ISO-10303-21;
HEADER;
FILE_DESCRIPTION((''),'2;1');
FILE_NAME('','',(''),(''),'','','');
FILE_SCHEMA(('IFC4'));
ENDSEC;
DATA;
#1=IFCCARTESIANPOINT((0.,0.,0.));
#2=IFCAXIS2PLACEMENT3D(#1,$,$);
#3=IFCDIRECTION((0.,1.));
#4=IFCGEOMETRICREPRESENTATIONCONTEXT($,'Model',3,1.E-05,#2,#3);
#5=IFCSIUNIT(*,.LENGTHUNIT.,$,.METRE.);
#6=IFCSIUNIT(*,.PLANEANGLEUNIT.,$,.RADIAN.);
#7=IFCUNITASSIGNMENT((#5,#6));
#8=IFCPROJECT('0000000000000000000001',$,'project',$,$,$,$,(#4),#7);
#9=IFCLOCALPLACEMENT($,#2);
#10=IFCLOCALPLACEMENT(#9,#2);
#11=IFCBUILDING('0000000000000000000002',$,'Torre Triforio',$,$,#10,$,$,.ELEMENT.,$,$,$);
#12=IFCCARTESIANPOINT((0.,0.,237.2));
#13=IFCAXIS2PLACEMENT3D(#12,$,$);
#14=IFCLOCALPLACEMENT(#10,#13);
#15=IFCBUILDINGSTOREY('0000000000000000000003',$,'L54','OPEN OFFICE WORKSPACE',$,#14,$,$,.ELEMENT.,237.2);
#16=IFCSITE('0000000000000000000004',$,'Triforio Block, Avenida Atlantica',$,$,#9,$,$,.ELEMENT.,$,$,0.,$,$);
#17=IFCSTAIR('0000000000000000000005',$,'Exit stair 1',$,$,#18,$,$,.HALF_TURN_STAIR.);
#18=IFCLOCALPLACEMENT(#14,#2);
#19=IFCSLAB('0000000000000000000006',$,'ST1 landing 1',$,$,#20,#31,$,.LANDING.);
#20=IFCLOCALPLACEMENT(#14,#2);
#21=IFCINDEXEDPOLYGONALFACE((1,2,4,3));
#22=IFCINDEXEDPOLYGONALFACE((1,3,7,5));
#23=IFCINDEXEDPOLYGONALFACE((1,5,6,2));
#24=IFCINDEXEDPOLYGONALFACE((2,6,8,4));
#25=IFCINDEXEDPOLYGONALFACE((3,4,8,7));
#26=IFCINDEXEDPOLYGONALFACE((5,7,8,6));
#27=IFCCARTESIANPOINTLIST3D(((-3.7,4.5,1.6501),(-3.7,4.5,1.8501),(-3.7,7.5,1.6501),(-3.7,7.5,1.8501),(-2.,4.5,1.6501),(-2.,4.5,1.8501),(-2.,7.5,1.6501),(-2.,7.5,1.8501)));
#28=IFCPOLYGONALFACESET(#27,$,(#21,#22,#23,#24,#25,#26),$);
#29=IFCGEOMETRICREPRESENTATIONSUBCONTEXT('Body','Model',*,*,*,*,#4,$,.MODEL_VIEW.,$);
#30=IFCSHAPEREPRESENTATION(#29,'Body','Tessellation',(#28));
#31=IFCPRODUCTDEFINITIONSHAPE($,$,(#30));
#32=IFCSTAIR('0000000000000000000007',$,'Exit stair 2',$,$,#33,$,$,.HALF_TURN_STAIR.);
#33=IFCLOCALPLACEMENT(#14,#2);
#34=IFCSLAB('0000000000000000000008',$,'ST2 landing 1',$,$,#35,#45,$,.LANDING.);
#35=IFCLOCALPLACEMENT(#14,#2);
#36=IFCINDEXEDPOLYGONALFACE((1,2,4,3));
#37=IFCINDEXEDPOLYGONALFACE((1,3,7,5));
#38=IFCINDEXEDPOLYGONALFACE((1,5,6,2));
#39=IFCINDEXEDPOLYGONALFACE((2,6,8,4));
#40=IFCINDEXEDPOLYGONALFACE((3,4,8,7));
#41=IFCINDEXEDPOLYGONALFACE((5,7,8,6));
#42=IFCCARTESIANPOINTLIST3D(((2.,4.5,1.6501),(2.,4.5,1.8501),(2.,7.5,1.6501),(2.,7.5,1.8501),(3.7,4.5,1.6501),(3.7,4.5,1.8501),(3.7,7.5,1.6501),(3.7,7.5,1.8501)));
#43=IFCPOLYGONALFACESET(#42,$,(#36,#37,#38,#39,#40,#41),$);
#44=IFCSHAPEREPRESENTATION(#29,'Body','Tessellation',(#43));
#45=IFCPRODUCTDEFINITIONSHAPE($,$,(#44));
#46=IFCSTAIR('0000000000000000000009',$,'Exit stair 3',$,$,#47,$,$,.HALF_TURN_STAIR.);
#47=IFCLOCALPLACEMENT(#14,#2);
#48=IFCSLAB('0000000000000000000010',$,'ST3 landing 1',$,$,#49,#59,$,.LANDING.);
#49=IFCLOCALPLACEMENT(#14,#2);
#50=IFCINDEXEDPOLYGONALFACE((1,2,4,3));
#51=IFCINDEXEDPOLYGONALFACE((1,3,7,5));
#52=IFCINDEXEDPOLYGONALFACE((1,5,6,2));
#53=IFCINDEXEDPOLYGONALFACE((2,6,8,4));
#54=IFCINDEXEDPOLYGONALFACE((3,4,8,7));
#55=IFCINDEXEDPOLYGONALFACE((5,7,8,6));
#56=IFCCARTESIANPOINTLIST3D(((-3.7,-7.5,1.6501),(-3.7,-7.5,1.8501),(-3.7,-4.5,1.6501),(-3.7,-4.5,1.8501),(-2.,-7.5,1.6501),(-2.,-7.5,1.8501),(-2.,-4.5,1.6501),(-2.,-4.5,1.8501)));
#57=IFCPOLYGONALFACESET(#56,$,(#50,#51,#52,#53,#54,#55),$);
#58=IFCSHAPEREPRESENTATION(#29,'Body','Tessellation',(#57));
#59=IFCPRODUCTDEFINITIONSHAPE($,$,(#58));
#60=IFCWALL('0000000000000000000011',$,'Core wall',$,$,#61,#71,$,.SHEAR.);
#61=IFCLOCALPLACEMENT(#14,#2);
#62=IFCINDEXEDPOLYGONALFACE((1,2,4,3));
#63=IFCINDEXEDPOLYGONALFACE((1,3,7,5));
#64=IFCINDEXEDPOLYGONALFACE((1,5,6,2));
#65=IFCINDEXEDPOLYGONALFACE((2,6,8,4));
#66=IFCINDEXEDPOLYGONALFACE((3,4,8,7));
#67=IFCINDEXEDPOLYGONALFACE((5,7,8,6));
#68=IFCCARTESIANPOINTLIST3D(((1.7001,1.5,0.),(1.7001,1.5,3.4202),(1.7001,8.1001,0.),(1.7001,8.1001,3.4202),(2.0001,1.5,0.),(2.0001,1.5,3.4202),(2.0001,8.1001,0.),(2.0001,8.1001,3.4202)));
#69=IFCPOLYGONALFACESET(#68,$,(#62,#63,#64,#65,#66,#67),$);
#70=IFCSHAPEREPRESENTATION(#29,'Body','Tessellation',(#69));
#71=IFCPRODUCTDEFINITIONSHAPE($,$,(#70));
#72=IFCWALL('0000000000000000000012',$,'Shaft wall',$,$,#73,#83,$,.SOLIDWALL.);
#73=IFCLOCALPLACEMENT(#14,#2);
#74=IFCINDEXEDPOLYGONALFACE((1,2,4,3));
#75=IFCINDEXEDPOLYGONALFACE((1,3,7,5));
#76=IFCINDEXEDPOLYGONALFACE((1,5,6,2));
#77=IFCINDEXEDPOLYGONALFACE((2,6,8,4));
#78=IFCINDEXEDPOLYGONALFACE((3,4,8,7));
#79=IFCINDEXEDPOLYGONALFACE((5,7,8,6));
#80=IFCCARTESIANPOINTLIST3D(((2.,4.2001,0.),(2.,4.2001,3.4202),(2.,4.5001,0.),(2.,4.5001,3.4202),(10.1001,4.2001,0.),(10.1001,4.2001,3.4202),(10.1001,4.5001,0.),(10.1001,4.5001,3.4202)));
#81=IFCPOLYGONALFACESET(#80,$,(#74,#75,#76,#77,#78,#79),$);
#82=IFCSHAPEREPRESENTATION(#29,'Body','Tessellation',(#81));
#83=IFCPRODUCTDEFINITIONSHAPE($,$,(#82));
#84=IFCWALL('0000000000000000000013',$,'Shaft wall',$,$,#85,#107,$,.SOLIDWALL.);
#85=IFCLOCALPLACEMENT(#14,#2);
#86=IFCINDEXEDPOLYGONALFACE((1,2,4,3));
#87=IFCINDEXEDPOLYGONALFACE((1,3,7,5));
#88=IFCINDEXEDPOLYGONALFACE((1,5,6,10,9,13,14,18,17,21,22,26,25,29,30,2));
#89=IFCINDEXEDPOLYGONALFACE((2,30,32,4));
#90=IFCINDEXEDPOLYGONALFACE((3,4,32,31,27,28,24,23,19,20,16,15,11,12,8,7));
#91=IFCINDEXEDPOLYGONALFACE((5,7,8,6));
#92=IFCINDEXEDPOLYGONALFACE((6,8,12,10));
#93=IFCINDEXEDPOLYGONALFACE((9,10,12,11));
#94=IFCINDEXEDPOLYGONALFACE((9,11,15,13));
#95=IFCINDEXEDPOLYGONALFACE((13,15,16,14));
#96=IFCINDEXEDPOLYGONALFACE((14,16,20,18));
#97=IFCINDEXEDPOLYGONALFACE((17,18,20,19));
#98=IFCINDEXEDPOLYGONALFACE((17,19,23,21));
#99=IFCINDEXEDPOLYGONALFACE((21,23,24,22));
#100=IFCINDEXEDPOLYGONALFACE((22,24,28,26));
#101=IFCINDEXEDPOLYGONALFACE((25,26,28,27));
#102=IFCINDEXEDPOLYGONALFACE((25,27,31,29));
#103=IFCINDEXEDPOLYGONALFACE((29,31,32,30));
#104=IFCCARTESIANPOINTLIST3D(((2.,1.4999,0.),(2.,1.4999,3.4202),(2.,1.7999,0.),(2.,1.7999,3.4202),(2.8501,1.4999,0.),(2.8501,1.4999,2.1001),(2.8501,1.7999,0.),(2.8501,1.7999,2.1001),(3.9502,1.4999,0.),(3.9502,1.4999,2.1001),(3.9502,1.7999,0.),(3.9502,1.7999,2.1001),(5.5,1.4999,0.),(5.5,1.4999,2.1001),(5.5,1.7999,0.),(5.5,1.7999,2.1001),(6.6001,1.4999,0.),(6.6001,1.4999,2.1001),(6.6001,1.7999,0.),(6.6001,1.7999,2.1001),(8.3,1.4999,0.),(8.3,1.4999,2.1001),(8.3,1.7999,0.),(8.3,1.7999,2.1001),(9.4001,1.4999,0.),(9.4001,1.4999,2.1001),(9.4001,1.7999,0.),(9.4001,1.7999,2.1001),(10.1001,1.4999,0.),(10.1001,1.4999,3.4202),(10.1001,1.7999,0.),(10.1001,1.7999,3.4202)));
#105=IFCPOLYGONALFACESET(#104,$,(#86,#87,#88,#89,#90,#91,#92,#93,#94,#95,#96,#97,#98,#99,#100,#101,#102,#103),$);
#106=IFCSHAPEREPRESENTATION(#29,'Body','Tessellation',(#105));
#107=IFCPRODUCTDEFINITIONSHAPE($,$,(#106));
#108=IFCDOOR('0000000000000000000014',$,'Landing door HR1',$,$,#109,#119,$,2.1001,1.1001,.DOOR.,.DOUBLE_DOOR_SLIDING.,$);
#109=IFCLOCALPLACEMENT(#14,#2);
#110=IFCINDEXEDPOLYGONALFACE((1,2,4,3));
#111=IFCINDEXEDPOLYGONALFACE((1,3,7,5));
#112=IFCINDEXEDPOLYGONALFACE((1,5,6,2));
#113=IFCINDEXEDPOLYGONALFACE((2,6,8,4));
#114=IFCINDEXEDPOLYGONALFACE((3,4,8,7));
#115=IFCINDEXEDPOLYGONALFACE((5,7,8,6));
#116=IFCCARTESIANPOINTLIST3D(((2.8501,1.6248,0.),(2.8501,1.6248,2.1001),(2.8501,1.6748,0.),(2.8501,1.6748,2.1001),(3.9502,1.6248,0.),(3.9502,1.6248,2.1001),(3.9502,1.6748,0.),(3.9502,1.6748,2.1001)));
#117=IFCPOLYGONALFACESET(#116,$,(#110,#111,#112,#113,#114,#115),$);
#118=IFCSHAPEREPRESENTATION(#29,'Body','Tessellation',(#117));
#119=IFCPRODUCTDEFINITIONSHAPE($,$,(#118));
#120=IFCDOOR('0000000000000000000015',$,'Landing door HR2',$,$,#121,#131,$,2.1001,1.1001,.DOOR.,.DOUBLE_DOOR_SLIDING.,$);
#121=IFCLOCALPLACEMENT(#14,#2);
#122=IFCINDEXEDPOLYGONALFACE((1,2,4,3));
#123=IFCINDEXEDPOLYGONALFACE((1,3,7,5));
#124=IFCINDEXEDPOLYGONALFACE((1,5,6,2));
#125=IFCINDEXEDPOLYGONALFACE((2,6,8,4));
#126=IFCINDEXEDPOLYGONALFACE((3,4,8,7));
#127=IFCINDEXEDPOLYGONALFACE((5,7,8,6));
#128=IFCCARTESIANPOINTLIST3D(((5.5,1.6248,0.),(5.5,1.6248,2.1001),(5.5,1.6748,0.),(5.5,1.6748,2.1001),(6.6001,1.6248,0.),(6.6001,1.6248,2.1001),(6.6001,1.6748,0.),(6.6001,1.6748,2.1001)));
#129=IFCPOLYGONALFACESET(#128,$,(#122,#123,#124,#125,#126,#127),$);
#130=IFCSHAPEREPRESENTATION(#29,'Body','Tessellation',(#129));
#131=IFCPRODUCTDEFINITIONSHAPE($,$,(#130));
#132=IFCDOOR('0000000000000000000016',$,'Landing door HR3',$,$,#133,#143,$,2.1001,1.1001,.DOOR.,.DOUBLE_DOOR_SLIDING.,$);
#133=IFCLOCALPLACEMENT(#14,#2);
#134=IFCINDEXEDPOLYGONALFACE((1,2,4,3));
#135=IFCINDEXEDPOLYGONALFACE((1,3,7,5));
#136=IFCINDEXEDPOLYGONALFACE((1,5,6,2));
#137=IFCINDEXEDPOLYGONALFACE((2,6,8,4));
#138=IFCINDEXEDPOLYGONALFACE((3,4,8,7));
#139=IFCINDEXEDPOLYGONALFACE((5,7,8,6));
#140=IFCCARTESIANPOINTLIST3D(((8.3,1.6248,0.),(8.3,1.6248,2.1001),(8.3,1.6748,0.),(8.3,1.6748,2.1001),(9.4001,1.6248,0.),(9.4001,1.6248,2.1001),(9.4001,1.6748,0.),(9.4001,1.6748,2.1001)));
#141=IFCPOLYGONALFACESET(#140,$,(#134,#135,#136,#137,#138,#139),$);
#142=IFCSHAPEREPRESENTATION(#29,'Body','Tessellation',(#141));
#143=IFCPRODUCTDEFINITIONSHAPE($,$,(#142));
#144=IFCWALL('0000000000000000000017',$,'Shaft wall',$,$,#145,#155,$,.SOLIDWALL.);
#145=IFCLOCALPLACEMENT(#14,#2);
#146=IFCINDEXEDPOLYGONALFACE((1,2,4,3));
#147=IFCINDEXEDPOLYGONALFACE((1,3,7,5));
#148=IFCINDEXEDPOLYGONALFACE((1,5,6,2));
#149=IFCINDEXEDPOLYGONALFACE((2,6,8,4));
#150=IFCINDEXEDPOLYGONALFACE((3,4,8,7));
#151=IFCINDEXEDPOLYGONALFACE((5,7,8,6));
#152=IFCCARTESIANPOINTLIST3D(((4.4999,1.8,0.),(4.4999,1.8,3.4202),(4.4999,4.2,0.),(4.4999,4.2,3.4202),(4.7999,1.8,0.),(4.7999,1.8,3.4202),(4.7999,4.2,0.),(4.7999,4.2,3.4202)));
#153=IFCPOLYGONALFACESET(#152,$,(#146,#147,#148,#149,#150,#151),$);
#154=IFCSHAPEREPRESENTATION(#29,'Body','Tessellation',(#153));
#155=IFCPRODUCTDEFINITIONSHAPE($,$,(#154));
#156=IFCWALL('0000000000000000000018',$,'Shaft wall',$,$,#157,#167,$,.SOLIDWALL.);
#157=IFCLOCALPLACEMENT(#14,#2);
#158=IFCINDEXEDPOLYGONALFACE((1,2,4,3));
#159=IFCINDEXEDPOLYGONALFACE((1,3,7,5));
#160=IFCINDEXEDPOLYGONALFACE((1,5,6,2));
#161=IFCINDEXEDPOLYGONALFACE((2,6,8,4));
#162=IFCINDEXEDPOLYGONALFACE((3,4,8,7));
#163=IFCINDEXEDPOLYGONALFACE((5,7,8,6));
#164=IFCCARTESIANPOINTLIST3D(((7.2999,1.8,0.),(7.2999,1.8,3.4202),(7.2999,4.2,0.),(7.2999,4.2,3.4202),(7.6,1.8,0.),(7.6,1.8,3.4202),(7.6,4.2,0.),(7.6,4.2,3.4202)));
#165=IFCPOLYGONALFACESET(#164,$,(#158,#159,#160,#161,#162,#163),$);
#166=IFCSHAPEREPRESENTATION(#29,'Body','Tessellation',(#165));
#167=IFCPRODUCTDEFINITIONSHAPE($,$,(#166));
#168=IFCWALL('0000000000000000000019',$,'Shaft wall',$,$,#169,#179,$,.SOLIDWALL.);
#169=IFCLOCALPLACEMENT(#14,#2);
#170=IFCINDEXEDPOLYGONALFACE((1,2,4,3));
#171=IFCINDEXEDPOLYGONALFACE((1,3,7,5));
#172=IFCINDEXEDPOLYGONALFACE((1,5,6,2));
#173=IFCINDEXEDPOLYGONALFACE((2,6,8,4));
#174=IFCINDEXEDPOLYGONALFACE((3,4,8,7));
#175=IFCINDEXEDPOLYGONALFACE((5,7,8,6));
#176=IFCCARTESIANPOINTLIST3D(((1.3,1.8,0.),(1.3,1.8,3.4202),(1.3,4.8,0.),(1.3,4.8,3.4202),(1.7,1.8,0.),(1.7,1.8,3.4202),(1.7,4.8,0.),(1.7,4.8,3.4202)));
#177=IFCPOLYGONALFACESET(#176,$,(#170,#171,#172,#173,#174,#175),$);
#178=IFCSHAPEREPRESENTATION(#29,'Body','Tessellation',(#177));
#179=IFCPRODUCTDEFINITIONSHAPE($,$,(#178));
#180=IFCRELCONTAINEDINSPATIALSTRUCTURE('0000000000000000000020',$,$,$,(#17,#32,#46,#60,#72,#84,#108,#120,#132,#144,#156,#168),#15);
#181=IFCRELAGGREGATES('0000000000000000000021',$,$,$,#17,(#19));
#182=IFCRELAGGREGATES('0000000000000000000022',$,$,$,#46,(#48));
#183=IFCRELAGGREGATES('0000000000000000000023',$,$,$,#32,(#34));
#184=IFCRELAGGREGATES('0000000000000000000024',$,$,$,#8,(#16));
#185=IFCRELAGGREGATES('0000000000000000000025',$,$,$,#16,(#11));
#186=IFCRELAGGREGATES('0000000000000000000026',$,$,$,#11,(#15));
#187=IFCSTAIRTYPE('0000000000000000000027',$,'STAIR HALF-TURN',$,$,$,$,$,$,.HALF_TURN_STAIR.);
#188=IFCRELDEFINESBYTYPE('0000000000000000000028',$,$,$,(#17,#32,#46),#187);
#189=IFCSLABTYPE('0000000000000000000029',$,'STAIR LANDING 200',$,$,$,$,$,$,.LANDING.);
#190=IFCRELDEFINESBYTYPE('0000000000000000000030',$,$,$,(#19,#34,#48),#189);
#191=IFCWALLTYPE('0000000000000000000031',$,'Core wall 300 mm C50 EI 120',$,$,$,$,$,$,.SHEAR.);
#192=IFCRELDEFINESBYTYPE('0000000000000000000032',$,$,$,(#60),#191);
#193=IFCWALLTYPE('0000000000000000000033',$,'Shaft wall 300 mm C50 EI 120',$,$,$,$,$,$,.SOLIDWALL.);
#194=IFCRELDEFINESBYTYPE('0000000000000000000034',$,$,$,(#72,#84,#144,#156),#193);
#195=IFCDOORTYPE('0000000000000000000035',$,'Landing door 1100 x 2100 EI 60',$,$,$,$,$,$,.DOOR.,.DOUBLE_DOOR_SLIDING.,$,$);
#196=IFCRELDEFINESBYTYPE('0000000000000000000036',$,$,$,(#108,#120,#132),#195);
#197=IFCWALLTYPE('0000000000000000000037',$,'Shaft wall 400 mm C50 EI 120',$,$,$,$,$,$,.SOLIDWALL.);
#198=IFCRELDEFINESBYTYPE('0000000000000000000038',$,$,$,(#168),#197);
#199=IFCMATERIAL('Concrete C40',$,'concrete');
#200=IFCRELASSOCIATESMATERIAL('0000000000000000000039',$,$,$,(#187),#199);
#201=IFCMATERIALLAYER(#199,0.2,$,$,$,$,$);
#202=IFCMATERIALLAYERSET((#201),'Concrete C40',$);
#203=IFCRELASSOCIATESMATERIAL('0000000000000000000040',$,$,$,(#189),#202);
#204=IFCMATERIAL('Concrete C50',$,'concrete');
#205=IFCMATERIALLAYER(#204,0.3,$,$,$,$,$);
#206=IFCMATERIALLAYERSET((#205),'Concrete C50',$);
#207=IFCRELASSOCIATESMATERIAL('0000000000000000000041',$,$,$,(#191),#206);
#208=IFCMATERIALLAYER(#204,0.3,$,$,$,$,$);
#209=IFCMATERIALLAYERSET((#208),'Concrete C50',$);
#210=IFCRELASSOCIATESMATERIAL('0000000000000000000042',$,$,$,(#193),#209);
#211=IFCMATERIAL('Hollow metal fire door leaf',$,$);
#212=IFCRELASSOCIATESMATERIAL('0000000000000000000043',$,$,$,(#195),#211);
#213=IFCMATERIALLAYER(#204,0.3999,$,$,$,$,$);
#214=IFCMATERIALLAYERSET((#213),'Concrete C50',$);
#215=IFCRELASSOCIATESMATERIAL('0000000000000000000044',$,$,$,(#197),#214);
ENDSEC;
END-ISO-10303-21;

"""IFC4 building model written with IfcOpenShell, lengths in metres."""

from ifc_helpers import new_model, si_unit, direction, frame, frame_2d, origin, place, context, subcontext, project, spatial, polyline, rectangle, outline, extrude, material, layer, layer_set, type_object, element, fill, aggregate, save


model = new_model("IFC4")

# Units and contexts
model_context = context("Model", 3, precision=1e-05, world=origin(), true_north=direction((0.0, 1.0)))
body_context = subcontext(model_context, "Body", "Model", "MODEL_VIEW")
ifc_project = project(units=[si_unit("LENGTHUNIT", "METRE"), si_unit("PLANEANGLEUNIT", "RADIAN")], contexts=[model_context])

# Site, building, storey
site_placement = place(None, origin())
site = spatial("IfcSite", under=ifc_project, at=site_placement, Name="Triforio Block, Avenida Atlantica", CompositionType="ELEMENT", RefElevation=0.0)
building_placement = place(site_placement, origin())
building = spatial("IfcBuilding", under=site, at=building_placement, Name="Torre Triforio", CompositionType="ELEMENT")
storey_placement = place(building_placement, frame((0.0, 0.0, 237.2)))
storey = spatial("IfcBuildingStorey", under=building, at=storey_placement, Name="L54", Description="OPEN OFFICE WORKSPACE", CompositionType="ELEMENT", Elevation=237.2)

# Stairs, slabs
ifc_material_1 = material(Name="Concrete C40", Category="concrete")
stair_type = type_object("IfcStairType", Name="STAIR HALF-TURN", PredefinedType="HALF_TURN_STAIR", material=ifc_material_1)
stair_1_placement = place(storey_placement, origin())
stair_1 = element("IfcStair", 1, at=stair_1_placement, inside=storey, type_object=stair_type, Name="Exit stair 1", PredefinedType="HALF_TURN_STAIR")
ifc_layer_1 = layer(ifc_material_1, 0.2)
ifc_layer_set_1 = layer_set([ifc_layer_1], Name="Concrete C40")
slab_type = type_object("IfcSlabType", Name="STAIR LANDING 200", PredefinedType="LANDING", material=ifc_layer_set_1)
slab_1_placement = place(storey_placement, frame((0.0, 0.0, 1.6501)))
slab_1 = element("IfcSlab", 2, at=slab_1_placement, type_object=slab_type, Name="ST1 landing 1", PredefinedType="LANDING", context=body_context, shape_type="SweptSolid", body=[
    extrude(outline(polyline([(-2.0, 4.5), (-2.0, 7.5), (-3.7, 7.5), (-3.7, 4.5), (-2.0, 4.5)])), origin(), (0.0, 0.0, 1.0), 0.2),
])
aggregate(stair_1, [slab_1])
stair_2_placement = place(storey_placement, origin())
stair_2 = element("IfcStair", 3, at=stair_2_placement, inside=storey, type_object=stair_type, Name="Exit stair 2", PredefinedType="HALF_TURN_STAIR")
slab_2_placement = place(storey_placement, frame((0.0, 0.0, 1.6501)))
slab_2 = element("IfcSlab", 4, at=slab_2_placement, type_object=slab_type, Name="ST2 landing 1", PredefinedType="LANDING", context=body_context, shape_type="SweptSolid", body=[
    extrude(outline(polyline([(3.7, 4.5), (3.7, 7.5), (2.0, 7.5), (2.0, 4.5), (3.7, 4.5)])), origin(), (0.0, 0.0, 1.0), 0.2),
])
stair_3_placement = place(storey_placement, origin())
stair_3 = element("IfcStair", 5, at=stair_3_placement, inside=storey, type_object=stair_type, Name="Exit stair 3", PredefinedType="HALF_TURN_STAIR")
slab_3_placement = place(storey_placement, frame((0.0, 0.0, 1.6501)))
slab_3 = element("IfcSlab", 6, at=slab_3_placement, type_object=slab_type, Name="ST3 landing 1", PredefinedType="LANDING", context=body_context, shape_type="SweptSolid", body=[
    extrude(outline(polyline([(-2.0, -7.5), (-2.0, -4.5), (-3.7, -4.5), (-3.7, -7.5), (-2.0, -7.5)])), origin(), (0.0, 0.0, 1.0), 0.2),
])
aggregate(stair_3, [slab_3])

# Walls
ifc_material_2 = material(Name="Concrete C50", Category="concrete")
ifc_layer_2 = layer(ifc_material_2, 0.3)
ifc_layer_set_2 = layer_set([ifc_layer_2], Name="Concrete C50")
wall_type_1 = type_object("IfcWallType", Name="Core wall 300 mm C50 EI 120", PredefinedType="SHEAR", material=ifc_layer_set_2)
wall_1_placement = place(storey_placement, frame((1.8501, 1.5, 0.0), z_axis=(0.0, 0.0, 1.0), x_axis=(0.0, 1.0, 0.0)))
element("IfcWall", 7, at=wall_1_placement, inside=storey, type_object=wall_type_1, Name="Core wall", PredefinedType="SHEAR", context=body_context, shape_type="SweptSolid", body=[
    extrude(rectangle(XDim=6.6001, YDim=0.3, at=frame_2d((3.3, 0.0))), origin(), (0.0, 0.0, 1.0), 3.4202),
])
ifc_layer_3 = layer(ifc_material_2, 0.3)
ifc_layer_set_3 = layer_set([ifc_layer_3], Name="Concrete C50")
wall_type_2 = type_object("IfcWallType", Name="Shaft wall 300 mm C50 EI 120", PredefinedType="SOLIDWALL", material=ifc_layer_set_3)
wall_2_placement = place(storey_placement, frame((2.0, 4.3501, 0.0), z_axis=(0.0, 0.0, 1.0), x_axis=(1.0, 0.0, 0.0)))
element("IfcWall", 8, at=wall_2_placement, inside=storey, type_object=wall_type_2, Name="Shaft wall", PredefinedType="SOLIDWALL", context=body_context, shape_type="SweptSolid", body=[
    extrude(rectangle(XDim=8.1001, YDim=0.3, at=frame_2d((4.05, 0.0))), origin(), (0.0, 0.0, 1.0), 3.4202),
])

# Wall, openings, doors
wall_3_placement = place(storey_placement, frame((2.0, 1.6499, 0.0), z_axis=(0.0, 0.0, 1.0), x_axis=(1.0, 0.0, 0.0)))
wall_3 = element("IfcWall", 9, at=wall_3_placement, inside=storey, type_object=wall_type_2, Name="Shaft wall", PredefinedType="SOLIDWALL", context=body_context, shape_type="SweptSolid", body=[
    extrude(rectangle(XDim=8.1001, YDim=0.3, at=frame_2d((4.05, 0.0))), origin(), (0.0, 0.0, 1.0), 3.4202),
])
opening_1_placement = place(wall_3_placement, frame((0.8501, 0.0, 0.0)))
opening_1 = element("IfcOpeningElement", 10, at=opening_1_placement, cuts=wall_3, PredefinedType="OPENING", context=body_context, shape_type="SweptSolid", body=[
    extrude(rectangle(XDim=1.1001, YDim=2.1001, at=frame_2d((0.55, 1.05))), frame((0.0, 0.1599, 0.0), z_axis=(0.0, -1.0, 0.0), x_axis=(1.0, 0.0, 0.0)), (0.0, 0.0, 1.0), 0.3201),
])
opening_2_placement = place(wall_3_placement, frame((3.5, 0.0, 0.0)))
opening_2 = element("IfcOpeningElement", 11, at=opening_2_placement, cuts=wall_3, PredefinedType="OPENING", context=body_context, shape_type="SweptSolid", body=[
    extrude(rectangle(XDim=1.1001, YDim=2.1001, at=frame_2d((0.55, 1.05))), frame((0.0, 0.1599, 0.0), z_axis=(0.0, -1.0, 0.0), x_axis=(1.0, 0.0, 0.0)), (0.0, 0.0, 1.0), 0.3201),
])
opening_3_placement = place(wall_3_placement, frame((6.3, 0.0, 0.0)))
opening_3 = element("IfcOpeningElement", 12, at=opening_3_placement, cuts=wall_3, PredefinedType="OPENING", context=body_context, shape_type="SweptSolid", body=[
    extrude(rectangle(XDim=1.1001, YDim=2.1001, at=frame_2d((0.55, 1.05))), frame((0.0, 0.1599, 0.0), z_axis=(0.0, -1.0, 0.0), x_axis=(1.0, 0.0, 0.0)), (0.0, 0.0, 1.0), 0.3201),
])
ifc_material_3 = material(Name="Hollow metal fire door leaf")
door_type = type_object("IfcDoorType", Name="Landing door 1100 x 2100 EI 60", OperationType="DOUBLE_DOOR_SLIDING", PredefinedType="DOOR", material=ifc_material_3)
door_1_placement = place(opening_1_placement, origin())
door_1 = element("IfcDoor", 13, at=door_1_placement, inside=storey, type_object=door_type, Name="Landing door HR1", OperationType="DOUBLE_DOOR_SLIDING", OverallHeight=2.1001, OverallWidth=1.1001, PredefinedType="DOOR", context=body_context, shape_type="SweptSolid", body=[
    extrude(rectangle(XDim=1.1001, YDim=2.1001, at=frame_2d((0.55, 1.05))), frame((0.0, 0.0249, 0.0), z_axis=(0.0, -1.0, 0.0), x_axis=(1.0, 0.0, 0.0)), (0.0, 0.0, 1.0), 0.05),
])
fill(opening_1, door_1)
door_2_placement = place(opening_2_placement, origin())
door_2 = element("IfcDoor", 14, at=door_2_placement, inside=storey, type_object=door_type, Name="Landing door HR2", OperationType="DOUBLE_DOOR_SLIDING", OverallHeight=2.1001, OverallWidth=1.1001, PredefinedType="DOOR", context=body_context, shape_type="SweptSolid", body=[
    extrude(rectangle(XDim=1.1001, YDim=2.1001, at=frame_2d((0.55, 1.05))), frame((0.0, 0.0249, 0.0), z_axis=(0.0, -1.0, 0.0), x_axis=(1.0, 0.0, 0.0)), (0.0, 0.0, 1.0), 0.05),
])
fill(opening_2, door_2)
door_3_placement = place(opening_3_placement, origin())
door_3 = element("IfcDoor", 15, at=door_3_placement, inside=storey, type_object=door_type, Name="Landing door HR3", OperationType="DOUBLE_DOOR_SLIDING", OverallHeight=2.1001, OverallWidth=1.1001, PredefinedType="DOOR", context=body_context, shape_type="SweptSolid", body=[
    extrude(rectangle(XDim=1.1001, YDim=2.1001, at=frame_2d((0.55, 1.05))), frame((0.0, 0.0249, 0.0), z_axis=(0.0, -1.0, 0.0), x_axis=(1.0, 0.0, 0.0)), (0.0, 0.0, 1.0), 0.05),
])
fill(opening_3, door_3)

# Walls
for number, where, z_axis, x_axis, name in (
    (16, (4.6499, 1.8, 0.0), (0.0, 0.0, 1.0), (0.0, 1.0, 0.0), "Shaft wall"),
    (17, (7.45, 1.8, 0.0), (0.0, 0.0, 1.0), (0.0, 1.0, 0.0), "Shaft wall"),
):
    element("IfcWall", number, at=place(storey_placement, frame(where, z_axis=z_axis, x_axis=x_axis)), inside=storey, type_object=wall_type_2, Name=name, PredefinedType="SOLIDWALL", context=body_context, shape_type="SweptSolid", body=[
        extrude(rectangle(XDim=2.3999, YDim=0.3, at=frame_2d((1.2, 0.0))), origin(), (0.0, 0.0, 1.0), 3.4202),
    ])
ifc_layer_4 = layer(ifc_material_2, 0.3999)
ifc_layer_set_4 = layer_set([ifc_layer_4], Name="Concrete C50")
wall_type_3 = type_object("IfcWallType", Name="Shaft wall 400 mm C50 EI 120", PredefinedType="SOLIDWALL", material=ifc_layer_set_4)
wall_4_placement = place(storey_placement, frame((1.5, 1.8, 0.0), z_axis=(0.0, 0.0, 1.0), x_axis=(0.0, 1.0, 0.0)))
element("IfcWall", 18, at=wall_4_placement, inside=storey, type_object=wall_type_3, Name="Shaft wall", PredefinedType="SOLIDWALL", context=body_context, shape_type="SweptSolid", body=[
    extrude(rectangle(XDim=3.0, YDim=0.3999, at=frame_2d((1.5, 0.0))), origin(), (0.0, 0.0, 1.0), 3.4202),
])

aggregate(stair_2, [slab_2])

save(model, "model.ifc")
